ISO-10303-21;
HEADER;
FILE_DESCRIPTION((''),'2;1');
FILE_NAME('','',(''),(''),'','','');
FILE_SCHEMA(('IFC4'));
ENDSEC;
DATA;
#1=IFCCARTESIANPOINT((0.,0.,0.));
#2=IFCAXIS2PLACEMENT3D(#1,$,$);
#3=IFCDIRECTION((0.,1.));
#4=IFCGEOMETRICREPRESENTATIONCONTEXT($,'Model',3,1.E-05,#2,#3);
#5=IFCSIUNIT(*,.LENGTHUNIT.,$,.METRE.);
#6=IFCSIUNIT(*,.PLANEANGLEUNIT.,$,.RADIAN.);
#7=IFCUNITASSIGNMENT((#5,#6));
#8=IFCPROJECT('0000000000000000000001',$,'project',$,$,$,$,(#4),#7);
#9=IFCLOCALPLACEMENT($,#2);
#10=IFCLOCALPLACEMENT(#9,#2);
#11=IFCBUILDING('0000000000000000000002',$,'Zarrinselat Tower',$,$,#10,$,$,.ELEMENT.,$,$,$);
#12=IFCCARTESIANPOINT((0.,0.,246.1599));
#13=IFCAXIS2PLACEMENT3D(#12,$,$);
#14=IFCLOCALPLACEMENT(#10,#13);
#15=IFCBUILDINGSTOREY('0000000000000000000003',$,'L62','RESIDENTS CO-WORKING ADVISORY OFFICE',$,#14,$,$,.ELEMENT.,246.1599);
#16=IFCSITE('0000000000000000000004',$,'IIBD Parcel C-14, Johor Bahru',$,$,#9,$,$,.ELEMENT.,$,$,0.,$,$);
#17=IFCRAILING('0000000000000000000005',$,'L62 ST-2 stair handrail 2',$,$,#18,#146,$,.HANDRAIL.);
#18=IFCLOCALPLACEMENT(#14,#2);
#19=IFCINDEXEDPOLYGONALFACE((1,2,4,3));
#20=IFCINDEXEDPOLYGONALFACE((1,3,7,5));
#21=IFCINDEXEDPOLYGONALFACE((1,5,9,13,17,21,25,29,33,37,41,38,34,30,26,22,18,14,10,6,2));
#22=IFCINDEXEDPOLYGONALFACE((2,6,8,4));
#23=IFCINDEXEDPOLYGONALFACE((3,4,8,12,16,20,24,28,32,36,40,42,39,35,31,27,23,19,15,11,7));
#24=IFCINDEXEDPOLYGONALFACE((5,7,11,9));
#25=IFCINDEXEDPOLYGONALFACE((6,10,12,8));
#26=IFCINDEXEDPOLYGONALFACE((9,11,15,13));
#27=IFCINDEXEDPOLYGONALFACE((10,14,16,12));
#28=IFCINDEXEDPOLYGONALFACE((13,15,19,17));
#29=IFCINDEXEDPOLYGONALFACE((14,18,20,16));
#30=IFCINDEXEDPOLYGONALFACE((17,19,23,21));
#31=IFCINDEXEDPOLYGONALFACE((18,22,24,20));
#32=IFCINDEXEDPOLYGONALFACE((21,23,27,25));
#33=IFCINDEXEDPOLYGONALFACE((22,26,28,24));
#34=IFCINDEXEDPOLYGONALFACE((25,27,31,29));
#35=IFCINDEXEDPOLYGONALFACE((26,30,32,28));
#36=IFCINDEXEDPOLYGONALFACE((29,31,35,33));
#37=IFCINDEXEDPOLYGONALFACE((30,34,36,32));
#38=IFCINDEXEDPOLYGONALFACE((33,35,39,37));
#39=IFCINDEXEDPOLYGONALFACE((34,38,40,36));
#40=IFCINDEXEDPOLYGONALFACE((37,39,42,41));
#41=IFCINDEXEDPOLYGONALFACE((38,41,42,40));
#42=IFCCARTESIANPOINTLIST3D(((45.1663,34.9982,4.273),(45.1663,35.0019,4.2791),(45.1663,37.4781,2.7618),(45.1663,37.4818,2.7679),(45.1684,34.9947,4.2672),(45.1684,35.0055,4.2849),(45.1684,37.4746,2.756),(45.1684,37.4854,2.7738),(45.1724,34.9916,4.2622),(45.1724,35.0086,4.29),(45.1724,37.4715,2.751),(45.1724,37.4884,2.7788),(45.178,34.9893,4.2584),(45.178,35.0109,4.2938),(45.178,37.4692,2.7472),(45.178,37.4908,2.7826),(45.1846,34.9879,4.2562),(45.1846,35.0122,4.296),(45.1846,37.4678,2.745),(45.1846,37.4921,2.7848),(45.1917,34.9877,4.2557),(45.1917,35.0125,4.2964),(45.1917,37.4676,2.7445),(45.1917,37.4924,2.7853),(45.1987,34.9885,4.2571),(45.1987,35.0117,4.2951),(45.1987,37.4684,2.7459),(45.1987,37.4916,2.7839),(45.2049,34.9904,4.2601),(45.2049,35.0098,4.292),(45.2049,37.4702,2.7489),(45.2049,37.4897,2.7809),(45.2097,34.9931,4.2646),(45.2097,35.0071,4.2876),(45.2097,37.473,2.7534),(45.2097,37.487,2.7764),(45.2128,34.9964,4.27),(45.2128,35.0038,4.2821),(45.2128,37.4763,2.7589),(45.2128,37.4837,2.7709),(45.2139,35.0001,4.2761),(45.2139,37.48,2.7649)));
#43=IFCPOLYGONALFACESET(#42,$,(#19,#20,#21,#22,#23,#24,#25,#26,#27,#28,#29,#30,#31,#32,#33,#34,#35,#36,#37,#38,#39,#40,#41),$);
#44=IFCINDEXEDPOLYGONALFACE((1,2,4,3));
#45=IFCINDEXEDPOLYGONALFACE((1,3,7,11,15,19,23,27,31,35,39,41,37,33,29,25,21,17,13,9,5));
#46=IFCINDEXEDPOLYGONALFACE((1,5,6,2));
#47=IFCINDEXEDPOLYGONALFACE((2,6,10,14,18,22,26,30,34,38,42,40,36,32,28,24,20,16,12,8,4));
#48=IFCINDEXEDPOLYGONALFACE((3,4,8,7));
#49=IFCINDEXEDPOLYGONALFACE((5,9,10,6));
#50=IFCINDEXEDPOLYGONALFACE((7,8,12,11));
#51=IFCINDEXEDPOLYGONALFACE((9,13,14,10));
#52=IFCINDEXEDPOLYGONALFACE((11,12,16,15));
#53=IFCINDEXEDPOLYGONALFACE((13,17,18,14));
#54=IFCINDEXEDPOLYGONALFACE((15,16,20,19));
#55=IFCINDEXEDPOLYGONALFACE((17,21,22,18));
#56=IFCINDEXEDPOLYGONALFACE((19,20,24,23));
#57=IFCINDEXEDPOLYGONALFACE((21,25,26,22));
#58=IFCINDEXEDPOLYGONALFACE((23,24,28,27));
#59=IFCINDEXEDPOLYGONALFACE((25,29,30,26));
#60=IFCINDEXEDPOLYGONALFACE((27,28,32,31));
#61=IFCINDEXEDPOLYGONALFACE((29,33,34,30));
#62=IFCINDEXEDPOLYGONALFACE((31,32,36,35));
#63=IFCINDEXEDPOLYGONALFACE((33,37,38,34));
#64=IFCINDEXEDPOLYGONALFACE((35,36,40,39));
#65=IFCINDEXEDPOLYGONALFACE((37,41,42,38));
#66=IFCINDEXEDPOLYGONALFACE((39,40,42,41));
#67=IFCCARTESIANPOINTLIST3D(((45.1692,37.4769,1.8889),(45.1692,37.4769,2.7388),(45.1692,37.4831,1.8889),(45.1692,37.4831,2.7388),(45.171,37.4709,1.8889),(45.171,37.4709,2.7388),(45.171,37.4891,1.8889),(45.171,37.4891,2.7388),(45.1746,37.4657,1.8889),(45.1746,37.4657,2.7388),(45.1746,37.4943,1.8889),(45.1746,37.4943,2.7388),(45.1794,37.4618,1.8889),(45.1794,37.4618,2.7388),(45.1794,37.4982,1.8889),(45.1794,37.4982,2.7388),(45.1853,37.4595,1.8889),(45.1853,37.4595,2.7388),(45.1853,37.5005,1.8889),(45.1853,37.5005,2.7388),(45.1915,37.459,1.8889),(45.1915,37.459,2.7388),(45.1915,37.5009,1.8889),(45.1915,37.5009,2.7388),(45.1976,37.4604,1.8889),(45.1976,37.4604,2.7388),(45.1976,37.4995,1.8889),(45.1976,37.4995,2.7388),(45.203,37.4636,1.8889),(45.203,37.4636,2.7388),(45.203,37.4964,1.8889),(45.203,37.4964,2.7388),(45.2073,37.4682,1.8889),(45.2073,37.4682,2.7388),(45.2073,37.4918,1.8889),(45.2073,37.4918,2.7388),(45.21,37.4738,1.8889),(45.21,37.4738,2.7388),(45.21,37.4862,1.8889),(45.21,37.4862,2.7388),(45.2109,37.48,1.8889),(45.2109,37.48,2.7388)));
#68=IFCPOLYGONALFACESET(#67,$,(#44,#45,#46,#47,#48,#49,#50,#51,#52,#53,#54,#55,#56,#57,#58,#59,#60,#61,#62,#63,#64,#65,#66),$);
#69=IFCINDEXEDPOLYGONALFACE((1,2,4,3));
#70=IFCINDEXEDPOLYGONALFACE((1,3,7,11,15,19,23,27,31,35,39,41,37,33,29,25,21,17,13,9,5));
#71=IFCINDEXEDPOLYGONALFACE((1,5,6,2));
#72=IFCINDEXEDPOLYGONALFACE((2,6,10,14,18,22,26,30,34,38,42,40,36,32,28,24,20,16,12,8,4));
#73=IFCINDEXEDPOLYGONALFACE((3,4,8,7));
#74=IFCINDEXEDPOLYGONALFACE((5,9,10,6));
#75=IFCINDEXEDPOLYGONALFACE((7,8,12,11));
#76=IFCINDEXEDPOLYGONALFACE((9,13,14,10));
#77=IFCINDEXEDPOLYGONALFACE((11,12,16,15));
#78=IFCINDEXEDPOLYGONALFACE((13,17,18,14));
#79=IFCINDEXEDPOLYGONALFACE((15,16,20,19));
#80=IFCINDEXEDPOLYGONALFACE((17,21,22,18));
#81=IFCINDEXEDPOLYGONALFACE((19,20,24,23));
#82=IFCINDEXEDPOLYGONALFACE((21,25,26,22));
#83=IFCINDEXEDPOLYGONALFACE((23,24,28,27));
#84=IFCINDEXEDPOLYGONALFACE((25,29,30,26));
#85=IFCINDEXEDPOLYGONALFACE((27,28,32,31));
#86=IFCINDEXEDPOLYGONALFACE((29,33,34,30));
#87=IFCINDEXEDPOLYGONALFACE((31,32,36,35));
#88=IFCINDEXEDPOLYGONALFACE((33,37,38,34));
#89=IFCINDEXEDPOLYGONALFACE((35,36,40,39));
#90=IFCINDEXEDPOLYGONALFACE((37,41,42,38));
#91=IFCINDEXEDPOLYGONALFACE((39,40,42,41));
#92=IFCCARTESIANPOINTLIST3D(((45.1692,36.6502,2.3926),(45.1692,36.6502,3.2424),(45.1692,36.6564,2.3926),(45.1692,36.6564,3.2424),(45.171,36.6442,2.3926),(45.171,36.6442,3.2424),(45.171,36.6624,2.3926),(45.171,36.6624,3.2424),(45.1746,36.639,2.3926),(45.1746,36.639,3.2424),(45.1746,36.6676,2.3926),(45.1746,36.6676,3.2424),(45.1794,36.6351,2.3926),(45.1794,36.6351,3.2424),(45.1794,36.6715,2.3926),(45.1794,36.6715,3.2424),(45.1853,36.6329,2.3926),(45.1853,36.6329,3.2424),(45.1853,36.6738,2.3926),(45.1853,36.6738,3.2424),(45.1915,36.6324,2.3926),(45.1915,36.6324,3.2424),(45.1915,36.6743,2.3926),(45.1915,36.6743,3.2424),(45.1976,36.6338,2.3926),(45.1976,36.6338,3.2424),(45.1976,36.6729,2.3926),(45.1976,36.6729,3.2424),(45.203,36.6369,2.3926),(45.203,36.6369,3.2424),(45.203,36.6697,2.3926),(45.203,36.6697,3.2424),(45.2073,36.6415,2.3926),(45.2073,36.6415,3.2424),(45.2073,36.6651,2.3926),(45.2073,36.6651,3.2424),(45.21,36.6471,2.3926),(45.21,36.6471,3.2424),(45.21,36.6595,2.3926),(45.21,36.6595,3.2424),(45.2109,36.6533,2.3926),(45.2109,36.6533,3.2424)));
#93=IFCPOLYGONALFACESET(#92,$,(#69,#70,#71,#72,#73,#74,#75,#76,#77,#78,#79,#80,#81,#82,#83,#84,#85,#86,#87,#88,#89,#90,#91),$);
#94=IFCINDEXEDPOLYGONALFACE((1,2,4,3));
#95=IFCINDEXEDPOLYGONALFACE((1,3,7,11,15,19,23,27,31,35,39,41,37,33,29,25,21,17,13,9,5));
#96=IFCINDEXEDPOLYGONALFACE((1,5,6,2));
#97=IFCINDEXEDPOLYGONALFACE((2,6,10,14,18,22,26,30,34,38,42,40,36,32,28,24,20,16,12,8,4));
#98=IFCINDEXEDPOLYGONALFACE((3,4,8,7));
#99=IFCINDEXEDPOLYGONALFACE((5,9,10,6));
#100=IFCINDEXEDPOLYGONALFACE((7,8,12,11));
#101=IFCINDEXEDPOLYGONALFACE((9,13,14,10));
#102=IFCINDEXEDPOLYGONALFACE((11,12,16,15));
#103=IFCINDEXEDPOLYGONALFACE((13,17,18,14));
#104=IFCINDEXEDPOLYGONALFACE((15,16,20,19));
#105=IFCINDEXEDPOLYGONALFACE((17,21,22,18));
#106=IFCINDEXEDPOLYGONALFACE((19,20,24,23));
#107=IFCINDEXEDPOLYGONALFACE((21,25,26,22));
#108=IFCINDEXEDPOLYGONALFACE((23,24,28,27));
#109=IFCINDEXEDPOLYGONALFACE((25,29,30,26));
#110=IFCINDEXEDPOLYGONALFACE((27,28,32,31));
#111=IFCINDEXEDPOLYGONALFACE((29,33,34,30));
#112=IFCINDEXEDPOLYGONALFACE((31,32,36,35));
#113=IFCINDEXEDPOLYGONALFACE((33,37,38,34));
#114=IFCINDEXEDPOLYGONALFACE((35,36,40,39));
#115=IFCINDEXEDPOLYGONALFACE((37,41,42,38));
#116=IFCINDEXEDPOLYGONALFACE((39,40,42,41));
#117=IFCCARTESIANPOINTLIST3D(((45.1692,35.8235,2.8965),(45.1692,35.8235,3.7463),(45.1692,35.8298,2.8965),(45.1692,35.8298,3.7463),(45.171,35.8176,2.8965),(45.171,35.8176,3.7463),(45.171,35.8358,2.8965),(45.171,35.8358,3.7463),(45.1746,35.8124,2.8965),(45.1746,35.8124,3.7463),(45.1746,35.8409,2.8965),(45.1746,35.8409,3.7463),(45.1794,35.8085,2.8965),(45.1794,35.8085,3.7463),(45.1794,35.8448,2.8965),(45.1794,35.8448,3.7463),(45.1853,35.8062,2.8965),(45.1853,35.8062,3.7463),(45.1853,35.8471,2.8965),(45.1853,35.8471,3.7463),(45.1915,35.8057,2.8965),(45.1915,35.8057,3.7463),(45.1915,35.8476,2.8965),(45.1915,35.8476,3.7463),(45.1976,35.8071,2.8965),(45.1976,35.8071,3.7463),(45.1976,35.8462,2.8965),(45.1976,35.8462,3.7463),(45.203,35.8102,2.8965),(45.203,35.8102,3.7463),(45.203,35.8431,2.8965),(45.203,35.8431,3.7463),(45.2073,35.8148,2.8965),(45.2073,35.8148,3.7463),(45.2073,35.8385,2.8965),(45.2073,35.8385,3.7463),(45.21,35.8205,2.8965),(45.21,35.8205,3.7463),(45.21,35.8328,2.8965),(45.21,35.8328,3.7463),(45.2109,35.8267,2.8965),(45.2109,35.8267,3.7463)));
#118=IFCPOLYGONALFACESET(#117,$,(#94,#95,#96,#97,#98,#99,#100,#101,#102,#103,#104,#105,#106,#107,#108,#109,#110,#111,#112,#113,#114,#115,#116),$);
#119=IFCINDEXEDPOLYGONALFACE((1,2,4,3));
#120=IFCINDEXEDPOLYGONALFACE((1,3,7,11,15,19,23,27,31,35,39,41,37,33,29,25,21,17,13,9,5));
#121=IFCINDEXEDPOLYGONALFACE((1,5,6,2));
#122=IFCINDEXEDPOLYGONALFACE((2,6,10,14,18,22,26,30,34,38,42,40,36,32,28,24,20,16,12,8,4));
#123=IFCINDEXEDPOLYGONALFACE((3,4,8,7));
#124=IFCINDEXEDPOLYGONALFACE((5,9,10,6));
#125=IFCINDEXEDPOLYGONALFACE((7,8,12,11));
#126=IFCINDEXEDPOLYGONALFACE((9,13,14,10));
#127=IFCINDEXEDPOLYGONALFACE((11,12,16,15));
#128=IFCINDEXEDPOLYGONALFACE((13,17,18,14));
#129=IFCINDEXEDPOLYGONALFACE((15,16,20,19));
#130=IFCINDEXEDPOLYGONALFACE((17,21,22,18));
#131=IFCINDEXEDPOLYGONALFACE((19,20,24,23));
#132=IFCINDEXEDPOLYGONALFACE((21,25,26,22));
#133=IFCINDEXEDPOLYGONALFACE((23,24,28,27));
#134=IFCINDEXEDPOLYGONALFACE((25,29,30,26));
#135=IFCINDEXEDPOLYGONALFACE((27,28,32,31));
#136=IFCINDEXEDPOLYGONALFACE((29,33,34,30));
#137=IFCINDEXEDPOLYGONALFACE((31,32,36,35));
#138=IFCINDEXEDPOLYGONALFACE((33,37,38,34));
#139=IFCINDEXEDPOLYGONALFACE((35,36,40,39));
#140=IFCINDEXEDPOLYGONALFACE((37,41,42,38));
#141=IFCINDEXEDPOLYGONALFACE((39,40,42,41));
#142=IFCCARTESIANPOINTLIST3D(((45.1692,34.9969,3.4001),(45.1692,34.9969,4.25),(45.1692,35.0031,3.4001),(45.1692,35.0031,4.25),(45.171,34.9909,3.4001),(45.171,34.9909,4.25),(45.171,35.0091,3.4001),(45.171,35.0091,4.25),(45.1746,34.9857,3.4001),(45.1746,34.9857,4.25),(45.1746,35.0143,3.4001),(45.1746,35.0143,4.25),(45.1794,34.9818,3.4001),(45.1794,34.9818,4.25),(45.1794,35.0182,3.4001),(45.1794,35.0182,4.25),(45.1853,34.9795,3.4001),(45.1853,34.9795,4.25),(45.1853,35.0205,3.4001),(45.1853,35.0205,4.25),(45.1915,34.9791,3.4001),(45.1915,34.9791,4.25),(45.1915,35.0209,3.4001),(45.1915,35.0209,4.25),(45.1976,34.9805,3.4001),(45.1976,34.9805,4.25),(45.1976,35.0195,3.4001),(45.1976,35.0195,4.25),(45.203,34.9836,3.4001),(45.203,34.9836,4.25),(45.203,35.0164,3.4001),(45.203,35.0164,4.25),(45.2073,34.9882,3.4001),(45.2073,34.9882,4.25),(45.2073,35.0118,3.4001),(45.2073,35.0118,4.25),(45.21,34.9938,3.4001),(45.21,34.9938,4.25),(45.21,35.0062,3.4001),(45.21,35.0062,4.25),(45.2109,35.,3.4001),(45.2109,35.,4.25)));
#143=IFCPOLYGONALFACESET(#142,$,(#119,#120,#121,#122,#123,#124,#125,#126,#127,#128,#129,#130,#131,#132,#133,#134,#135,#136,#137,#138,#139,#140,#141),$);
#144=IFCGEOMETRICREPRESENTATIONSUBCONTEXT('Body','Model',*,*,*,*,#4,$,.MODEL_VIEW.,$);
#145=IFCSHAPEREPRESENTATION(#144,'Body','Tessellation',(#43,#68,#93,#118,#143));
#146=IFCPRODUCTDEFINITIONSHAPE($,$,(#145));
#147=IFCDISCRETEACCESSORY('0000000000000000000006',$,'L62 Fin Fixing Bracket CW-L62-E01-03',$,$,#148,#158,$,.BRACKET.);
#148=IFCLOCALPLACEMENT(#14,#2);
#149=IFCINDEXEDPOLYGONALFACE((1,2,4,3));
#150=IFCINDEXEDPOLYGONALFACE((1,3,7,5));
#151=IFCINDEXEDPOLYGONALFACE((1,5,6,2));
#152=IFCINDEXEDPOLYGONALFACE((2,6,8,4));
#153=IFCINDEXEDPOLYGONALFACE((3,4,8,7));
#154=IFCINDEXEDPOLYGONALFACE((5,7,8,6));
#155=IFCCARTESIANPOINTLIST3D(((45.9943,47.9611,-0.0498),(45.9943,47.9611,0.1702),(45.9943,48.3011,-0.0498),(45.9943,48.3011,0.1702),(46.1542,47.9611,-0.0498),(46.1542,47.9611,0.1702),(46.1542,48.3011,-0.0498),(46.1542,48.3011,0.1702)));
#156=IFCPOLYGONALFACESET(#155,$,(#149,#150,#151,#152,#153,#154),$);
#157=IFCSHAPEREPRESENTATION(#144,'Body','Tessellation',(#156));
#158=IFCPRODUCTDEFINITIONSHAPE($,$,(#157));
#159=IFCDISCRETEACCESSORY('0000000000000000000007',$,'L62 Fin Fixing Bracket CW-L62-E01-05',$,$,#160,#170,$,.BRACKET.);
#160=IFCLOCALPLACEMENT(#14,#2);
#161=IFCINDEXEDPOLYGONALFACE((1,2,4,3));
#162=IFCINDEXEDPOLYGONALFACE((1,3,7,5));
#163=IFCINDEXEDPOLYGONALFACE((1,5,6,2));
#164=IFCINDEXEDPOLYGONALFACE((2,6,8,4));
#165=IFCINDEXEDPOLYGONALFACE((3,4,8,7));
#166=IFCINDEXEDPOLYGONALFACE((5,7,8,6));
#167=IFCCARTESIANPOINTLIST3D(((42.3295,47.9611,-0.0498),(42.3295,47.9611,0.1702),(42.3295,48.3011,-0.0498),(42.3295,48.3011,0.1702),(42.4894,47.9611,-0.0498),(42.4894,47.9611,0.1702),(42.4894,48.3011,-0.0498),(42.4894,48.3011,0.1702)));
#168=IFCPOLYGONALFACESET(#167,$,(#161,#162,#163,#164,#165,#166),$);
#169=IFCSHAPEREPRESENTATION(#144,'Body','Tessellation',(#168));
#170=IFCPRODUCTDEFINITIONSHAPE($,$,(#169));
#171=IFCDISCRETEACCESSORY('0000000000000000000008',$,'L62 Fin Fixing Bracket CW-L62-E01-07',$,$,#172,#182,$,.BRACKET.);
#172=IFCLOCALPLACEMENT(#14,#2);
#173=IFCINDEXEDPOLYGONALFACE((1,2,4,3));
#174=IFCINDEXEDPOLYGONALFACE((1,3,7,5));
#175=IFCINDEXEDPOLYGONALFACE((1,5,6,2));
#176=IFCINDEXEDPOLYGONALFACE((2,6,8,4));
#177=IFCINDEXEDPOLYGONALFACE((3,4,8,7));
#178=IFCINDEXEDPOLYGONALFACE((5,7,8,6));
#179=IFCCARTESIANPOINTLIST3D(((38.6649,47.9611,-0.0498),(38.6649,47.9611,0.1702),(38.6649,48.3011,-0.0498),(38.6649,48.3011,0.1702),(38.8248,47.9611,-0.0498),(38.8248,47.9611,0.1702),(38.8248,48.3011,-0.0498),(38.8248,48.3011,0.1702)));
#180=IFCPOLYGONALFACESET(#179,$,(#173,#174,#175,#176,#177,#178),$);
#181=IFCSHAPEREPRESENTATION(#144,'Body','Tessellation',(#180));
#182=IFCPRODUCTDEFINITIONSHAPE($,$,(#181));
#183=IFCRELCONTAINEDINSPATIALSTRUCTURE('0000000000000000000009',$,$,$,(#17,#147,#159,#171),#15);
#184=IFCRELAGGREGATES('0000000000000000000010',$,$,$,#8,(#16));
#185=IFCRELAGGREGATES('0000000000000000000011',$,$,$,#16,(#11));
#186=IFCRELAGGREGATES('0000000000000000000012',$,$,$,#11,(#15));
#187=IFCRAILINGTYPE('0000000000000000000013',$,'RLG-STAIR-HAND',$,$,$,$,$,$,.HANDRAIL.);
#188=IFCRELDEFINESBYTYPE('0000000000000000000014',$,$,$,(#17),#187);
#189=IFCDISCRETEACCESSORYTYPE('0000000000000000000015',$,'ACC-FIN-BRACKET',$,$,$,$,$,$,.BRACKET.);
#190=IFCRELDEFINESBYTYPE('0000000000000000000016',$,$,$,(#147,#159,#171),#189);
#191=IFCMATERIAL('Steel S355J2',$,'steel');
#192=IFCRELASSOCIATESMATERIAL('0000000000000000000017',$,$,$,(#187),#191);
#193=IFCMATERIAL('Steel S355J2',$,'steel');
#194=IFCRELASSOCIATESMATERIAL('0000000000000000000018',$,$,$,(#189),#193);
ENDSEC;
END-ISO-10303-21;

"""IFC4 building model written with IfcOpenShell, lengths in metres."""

from ifc_helpers import new_model, si_unit, direction, frame, origin, origin_2d, place, context, subcontext, project, spatial, rectangle, circle, extrude, material, type_object, element, save


model = new_model("IFC4")

# Units and contexts
model_context = context("Model", 3, precision=1e-05, world=origin(), true_north=direction((0.0, 1.0)))
body_context = subcontext(model_context, "Body", "Model", "MODEL_VIEW")
ifc_project = project(units=[si_unit("LENGTHUNIT", "METRE"), si_unit("PLANEANGLEUNIT", "RADIAN")], contexts=[model_context])

# Site, building, storey
site_placement = place(None, origin())
site = spatial("IfcSite", under=ifc_project, at=site_placement, Name="IIBD Parcel C-14, Johor Bahru", CompositionType="ELEMENT", RefElevation=0.0)
building_placement = place(site_placement, origin())
building = spatial("IfcBuilding", under=site, at=building_placement, Name="Zarrinselat Tower", CompositionType="ELEMENT")
storey_placement = place(building_placement, frame((0.0, 0.0, 246.1599)))
storey = spatial("IfcBuildingStorey", under=building, at=storey_placement, Name="L62", Description="RESIDENTS CO-WORKING ADVISORY OFFICE", CompositionType="ELEMENT", Elevation=246.1599)

# Railing
ifc_material_1 = material(Name="Steel S355J2", Category="steel")
railing_type_1 = type_object("IfcRailingType", Name="RLG-STAIR-HAND", PredefinedType="HANDRAIL", material=ifc_material_1)
railing_1_placement = place(storey_placement, frame((45.1899, 37.48, 1.8889)))
element("IfcRailing", 1, at=railing_1_placement, inside=storey, type_object=railing_type_1, Name="L62 ST-2 stair handrail 2", PredefinedType="HANDRAIL", context=body_context, shape_type="SweptSolid", body=[
    extrude(circle(Radius=0.0239, at=origin_2d()), frame((0.0, 0.0, 0.876), z_axis=(0.0, -0.853942, 0.520368), x_axis=(1.0, 0.0, 0.0)), (0.0, 0.0, 1.0), 2.9041),
    extrude(circle(Radius=0.021, at=origin_2d()), origin(), (0.0, 0.0, 1.0), 0.8499),
    extrude(circle(Radius=0.021, at=origin_2d()), frame((0.0, -0.8267, 0.5037)), (0.0, 0.0, 1.0), 0.8499),
    extrude(circle(Radius=0.021, at=origin_2d()), frame((0.0, -1.6533, 1.0076)), (0.0, 0.0, 1.0), 0.8499),
    extrude(circle(Radius=0.021, at=origin_2d()), frame((0.0, -2.48, 1.5112)), (0.0, 0.0, 1.0), 0.8499),
])

# Discrete accessories
ifc_material_2 = material(Name="Steel S355J2", Category="steel")
discrete_accessory_type = type_object("IfcDiscreteAccessoryType", Name="ACC-FIN-BRACKET", PredefinedType="BRACKET", material=ifc_material_2)
for number, where, z_axis, x_axis, name in (
    (2, (46.0742, 48.1311, -0.0498), (0.0, 0.0, 1.0), (0.0, 1.0, 0.0), "L62 Fin Fixing Bracket CW-L62-E01-03"),
    (3, (42.4094, 48.1311, -0.0498), (0.0, 0.0, 1.0), (0.0, 1.0, 0.0), "L62 Fin Fixing Bracket CW-L62-E01-05"),
    (4, (38.7449, 48.1311, -0.0498), (0.0, 0.0, 1.0), (0.0, 1.0, 0.0), "L62 Fin Fixing Bracket CW-L62-E01-07"),
):
    element("IfcDiscreteAccessory", number, at=place(storey_placement, frame(where, z_axis=z_axis, x_axis=x_axis)), inside=storey, type_object=discrete_accessory_type, Name=name, PredefinedType="BRACKET", context=body_context, shape_type="SweptSolid", body=[
        extrude(rectangle(XDim=0.3401, YDim=0.1599, at=origin_2d()), origin(), (0.0, 0.0, 1.0), 0.22),
    ])

save(model, "model.ifc")
